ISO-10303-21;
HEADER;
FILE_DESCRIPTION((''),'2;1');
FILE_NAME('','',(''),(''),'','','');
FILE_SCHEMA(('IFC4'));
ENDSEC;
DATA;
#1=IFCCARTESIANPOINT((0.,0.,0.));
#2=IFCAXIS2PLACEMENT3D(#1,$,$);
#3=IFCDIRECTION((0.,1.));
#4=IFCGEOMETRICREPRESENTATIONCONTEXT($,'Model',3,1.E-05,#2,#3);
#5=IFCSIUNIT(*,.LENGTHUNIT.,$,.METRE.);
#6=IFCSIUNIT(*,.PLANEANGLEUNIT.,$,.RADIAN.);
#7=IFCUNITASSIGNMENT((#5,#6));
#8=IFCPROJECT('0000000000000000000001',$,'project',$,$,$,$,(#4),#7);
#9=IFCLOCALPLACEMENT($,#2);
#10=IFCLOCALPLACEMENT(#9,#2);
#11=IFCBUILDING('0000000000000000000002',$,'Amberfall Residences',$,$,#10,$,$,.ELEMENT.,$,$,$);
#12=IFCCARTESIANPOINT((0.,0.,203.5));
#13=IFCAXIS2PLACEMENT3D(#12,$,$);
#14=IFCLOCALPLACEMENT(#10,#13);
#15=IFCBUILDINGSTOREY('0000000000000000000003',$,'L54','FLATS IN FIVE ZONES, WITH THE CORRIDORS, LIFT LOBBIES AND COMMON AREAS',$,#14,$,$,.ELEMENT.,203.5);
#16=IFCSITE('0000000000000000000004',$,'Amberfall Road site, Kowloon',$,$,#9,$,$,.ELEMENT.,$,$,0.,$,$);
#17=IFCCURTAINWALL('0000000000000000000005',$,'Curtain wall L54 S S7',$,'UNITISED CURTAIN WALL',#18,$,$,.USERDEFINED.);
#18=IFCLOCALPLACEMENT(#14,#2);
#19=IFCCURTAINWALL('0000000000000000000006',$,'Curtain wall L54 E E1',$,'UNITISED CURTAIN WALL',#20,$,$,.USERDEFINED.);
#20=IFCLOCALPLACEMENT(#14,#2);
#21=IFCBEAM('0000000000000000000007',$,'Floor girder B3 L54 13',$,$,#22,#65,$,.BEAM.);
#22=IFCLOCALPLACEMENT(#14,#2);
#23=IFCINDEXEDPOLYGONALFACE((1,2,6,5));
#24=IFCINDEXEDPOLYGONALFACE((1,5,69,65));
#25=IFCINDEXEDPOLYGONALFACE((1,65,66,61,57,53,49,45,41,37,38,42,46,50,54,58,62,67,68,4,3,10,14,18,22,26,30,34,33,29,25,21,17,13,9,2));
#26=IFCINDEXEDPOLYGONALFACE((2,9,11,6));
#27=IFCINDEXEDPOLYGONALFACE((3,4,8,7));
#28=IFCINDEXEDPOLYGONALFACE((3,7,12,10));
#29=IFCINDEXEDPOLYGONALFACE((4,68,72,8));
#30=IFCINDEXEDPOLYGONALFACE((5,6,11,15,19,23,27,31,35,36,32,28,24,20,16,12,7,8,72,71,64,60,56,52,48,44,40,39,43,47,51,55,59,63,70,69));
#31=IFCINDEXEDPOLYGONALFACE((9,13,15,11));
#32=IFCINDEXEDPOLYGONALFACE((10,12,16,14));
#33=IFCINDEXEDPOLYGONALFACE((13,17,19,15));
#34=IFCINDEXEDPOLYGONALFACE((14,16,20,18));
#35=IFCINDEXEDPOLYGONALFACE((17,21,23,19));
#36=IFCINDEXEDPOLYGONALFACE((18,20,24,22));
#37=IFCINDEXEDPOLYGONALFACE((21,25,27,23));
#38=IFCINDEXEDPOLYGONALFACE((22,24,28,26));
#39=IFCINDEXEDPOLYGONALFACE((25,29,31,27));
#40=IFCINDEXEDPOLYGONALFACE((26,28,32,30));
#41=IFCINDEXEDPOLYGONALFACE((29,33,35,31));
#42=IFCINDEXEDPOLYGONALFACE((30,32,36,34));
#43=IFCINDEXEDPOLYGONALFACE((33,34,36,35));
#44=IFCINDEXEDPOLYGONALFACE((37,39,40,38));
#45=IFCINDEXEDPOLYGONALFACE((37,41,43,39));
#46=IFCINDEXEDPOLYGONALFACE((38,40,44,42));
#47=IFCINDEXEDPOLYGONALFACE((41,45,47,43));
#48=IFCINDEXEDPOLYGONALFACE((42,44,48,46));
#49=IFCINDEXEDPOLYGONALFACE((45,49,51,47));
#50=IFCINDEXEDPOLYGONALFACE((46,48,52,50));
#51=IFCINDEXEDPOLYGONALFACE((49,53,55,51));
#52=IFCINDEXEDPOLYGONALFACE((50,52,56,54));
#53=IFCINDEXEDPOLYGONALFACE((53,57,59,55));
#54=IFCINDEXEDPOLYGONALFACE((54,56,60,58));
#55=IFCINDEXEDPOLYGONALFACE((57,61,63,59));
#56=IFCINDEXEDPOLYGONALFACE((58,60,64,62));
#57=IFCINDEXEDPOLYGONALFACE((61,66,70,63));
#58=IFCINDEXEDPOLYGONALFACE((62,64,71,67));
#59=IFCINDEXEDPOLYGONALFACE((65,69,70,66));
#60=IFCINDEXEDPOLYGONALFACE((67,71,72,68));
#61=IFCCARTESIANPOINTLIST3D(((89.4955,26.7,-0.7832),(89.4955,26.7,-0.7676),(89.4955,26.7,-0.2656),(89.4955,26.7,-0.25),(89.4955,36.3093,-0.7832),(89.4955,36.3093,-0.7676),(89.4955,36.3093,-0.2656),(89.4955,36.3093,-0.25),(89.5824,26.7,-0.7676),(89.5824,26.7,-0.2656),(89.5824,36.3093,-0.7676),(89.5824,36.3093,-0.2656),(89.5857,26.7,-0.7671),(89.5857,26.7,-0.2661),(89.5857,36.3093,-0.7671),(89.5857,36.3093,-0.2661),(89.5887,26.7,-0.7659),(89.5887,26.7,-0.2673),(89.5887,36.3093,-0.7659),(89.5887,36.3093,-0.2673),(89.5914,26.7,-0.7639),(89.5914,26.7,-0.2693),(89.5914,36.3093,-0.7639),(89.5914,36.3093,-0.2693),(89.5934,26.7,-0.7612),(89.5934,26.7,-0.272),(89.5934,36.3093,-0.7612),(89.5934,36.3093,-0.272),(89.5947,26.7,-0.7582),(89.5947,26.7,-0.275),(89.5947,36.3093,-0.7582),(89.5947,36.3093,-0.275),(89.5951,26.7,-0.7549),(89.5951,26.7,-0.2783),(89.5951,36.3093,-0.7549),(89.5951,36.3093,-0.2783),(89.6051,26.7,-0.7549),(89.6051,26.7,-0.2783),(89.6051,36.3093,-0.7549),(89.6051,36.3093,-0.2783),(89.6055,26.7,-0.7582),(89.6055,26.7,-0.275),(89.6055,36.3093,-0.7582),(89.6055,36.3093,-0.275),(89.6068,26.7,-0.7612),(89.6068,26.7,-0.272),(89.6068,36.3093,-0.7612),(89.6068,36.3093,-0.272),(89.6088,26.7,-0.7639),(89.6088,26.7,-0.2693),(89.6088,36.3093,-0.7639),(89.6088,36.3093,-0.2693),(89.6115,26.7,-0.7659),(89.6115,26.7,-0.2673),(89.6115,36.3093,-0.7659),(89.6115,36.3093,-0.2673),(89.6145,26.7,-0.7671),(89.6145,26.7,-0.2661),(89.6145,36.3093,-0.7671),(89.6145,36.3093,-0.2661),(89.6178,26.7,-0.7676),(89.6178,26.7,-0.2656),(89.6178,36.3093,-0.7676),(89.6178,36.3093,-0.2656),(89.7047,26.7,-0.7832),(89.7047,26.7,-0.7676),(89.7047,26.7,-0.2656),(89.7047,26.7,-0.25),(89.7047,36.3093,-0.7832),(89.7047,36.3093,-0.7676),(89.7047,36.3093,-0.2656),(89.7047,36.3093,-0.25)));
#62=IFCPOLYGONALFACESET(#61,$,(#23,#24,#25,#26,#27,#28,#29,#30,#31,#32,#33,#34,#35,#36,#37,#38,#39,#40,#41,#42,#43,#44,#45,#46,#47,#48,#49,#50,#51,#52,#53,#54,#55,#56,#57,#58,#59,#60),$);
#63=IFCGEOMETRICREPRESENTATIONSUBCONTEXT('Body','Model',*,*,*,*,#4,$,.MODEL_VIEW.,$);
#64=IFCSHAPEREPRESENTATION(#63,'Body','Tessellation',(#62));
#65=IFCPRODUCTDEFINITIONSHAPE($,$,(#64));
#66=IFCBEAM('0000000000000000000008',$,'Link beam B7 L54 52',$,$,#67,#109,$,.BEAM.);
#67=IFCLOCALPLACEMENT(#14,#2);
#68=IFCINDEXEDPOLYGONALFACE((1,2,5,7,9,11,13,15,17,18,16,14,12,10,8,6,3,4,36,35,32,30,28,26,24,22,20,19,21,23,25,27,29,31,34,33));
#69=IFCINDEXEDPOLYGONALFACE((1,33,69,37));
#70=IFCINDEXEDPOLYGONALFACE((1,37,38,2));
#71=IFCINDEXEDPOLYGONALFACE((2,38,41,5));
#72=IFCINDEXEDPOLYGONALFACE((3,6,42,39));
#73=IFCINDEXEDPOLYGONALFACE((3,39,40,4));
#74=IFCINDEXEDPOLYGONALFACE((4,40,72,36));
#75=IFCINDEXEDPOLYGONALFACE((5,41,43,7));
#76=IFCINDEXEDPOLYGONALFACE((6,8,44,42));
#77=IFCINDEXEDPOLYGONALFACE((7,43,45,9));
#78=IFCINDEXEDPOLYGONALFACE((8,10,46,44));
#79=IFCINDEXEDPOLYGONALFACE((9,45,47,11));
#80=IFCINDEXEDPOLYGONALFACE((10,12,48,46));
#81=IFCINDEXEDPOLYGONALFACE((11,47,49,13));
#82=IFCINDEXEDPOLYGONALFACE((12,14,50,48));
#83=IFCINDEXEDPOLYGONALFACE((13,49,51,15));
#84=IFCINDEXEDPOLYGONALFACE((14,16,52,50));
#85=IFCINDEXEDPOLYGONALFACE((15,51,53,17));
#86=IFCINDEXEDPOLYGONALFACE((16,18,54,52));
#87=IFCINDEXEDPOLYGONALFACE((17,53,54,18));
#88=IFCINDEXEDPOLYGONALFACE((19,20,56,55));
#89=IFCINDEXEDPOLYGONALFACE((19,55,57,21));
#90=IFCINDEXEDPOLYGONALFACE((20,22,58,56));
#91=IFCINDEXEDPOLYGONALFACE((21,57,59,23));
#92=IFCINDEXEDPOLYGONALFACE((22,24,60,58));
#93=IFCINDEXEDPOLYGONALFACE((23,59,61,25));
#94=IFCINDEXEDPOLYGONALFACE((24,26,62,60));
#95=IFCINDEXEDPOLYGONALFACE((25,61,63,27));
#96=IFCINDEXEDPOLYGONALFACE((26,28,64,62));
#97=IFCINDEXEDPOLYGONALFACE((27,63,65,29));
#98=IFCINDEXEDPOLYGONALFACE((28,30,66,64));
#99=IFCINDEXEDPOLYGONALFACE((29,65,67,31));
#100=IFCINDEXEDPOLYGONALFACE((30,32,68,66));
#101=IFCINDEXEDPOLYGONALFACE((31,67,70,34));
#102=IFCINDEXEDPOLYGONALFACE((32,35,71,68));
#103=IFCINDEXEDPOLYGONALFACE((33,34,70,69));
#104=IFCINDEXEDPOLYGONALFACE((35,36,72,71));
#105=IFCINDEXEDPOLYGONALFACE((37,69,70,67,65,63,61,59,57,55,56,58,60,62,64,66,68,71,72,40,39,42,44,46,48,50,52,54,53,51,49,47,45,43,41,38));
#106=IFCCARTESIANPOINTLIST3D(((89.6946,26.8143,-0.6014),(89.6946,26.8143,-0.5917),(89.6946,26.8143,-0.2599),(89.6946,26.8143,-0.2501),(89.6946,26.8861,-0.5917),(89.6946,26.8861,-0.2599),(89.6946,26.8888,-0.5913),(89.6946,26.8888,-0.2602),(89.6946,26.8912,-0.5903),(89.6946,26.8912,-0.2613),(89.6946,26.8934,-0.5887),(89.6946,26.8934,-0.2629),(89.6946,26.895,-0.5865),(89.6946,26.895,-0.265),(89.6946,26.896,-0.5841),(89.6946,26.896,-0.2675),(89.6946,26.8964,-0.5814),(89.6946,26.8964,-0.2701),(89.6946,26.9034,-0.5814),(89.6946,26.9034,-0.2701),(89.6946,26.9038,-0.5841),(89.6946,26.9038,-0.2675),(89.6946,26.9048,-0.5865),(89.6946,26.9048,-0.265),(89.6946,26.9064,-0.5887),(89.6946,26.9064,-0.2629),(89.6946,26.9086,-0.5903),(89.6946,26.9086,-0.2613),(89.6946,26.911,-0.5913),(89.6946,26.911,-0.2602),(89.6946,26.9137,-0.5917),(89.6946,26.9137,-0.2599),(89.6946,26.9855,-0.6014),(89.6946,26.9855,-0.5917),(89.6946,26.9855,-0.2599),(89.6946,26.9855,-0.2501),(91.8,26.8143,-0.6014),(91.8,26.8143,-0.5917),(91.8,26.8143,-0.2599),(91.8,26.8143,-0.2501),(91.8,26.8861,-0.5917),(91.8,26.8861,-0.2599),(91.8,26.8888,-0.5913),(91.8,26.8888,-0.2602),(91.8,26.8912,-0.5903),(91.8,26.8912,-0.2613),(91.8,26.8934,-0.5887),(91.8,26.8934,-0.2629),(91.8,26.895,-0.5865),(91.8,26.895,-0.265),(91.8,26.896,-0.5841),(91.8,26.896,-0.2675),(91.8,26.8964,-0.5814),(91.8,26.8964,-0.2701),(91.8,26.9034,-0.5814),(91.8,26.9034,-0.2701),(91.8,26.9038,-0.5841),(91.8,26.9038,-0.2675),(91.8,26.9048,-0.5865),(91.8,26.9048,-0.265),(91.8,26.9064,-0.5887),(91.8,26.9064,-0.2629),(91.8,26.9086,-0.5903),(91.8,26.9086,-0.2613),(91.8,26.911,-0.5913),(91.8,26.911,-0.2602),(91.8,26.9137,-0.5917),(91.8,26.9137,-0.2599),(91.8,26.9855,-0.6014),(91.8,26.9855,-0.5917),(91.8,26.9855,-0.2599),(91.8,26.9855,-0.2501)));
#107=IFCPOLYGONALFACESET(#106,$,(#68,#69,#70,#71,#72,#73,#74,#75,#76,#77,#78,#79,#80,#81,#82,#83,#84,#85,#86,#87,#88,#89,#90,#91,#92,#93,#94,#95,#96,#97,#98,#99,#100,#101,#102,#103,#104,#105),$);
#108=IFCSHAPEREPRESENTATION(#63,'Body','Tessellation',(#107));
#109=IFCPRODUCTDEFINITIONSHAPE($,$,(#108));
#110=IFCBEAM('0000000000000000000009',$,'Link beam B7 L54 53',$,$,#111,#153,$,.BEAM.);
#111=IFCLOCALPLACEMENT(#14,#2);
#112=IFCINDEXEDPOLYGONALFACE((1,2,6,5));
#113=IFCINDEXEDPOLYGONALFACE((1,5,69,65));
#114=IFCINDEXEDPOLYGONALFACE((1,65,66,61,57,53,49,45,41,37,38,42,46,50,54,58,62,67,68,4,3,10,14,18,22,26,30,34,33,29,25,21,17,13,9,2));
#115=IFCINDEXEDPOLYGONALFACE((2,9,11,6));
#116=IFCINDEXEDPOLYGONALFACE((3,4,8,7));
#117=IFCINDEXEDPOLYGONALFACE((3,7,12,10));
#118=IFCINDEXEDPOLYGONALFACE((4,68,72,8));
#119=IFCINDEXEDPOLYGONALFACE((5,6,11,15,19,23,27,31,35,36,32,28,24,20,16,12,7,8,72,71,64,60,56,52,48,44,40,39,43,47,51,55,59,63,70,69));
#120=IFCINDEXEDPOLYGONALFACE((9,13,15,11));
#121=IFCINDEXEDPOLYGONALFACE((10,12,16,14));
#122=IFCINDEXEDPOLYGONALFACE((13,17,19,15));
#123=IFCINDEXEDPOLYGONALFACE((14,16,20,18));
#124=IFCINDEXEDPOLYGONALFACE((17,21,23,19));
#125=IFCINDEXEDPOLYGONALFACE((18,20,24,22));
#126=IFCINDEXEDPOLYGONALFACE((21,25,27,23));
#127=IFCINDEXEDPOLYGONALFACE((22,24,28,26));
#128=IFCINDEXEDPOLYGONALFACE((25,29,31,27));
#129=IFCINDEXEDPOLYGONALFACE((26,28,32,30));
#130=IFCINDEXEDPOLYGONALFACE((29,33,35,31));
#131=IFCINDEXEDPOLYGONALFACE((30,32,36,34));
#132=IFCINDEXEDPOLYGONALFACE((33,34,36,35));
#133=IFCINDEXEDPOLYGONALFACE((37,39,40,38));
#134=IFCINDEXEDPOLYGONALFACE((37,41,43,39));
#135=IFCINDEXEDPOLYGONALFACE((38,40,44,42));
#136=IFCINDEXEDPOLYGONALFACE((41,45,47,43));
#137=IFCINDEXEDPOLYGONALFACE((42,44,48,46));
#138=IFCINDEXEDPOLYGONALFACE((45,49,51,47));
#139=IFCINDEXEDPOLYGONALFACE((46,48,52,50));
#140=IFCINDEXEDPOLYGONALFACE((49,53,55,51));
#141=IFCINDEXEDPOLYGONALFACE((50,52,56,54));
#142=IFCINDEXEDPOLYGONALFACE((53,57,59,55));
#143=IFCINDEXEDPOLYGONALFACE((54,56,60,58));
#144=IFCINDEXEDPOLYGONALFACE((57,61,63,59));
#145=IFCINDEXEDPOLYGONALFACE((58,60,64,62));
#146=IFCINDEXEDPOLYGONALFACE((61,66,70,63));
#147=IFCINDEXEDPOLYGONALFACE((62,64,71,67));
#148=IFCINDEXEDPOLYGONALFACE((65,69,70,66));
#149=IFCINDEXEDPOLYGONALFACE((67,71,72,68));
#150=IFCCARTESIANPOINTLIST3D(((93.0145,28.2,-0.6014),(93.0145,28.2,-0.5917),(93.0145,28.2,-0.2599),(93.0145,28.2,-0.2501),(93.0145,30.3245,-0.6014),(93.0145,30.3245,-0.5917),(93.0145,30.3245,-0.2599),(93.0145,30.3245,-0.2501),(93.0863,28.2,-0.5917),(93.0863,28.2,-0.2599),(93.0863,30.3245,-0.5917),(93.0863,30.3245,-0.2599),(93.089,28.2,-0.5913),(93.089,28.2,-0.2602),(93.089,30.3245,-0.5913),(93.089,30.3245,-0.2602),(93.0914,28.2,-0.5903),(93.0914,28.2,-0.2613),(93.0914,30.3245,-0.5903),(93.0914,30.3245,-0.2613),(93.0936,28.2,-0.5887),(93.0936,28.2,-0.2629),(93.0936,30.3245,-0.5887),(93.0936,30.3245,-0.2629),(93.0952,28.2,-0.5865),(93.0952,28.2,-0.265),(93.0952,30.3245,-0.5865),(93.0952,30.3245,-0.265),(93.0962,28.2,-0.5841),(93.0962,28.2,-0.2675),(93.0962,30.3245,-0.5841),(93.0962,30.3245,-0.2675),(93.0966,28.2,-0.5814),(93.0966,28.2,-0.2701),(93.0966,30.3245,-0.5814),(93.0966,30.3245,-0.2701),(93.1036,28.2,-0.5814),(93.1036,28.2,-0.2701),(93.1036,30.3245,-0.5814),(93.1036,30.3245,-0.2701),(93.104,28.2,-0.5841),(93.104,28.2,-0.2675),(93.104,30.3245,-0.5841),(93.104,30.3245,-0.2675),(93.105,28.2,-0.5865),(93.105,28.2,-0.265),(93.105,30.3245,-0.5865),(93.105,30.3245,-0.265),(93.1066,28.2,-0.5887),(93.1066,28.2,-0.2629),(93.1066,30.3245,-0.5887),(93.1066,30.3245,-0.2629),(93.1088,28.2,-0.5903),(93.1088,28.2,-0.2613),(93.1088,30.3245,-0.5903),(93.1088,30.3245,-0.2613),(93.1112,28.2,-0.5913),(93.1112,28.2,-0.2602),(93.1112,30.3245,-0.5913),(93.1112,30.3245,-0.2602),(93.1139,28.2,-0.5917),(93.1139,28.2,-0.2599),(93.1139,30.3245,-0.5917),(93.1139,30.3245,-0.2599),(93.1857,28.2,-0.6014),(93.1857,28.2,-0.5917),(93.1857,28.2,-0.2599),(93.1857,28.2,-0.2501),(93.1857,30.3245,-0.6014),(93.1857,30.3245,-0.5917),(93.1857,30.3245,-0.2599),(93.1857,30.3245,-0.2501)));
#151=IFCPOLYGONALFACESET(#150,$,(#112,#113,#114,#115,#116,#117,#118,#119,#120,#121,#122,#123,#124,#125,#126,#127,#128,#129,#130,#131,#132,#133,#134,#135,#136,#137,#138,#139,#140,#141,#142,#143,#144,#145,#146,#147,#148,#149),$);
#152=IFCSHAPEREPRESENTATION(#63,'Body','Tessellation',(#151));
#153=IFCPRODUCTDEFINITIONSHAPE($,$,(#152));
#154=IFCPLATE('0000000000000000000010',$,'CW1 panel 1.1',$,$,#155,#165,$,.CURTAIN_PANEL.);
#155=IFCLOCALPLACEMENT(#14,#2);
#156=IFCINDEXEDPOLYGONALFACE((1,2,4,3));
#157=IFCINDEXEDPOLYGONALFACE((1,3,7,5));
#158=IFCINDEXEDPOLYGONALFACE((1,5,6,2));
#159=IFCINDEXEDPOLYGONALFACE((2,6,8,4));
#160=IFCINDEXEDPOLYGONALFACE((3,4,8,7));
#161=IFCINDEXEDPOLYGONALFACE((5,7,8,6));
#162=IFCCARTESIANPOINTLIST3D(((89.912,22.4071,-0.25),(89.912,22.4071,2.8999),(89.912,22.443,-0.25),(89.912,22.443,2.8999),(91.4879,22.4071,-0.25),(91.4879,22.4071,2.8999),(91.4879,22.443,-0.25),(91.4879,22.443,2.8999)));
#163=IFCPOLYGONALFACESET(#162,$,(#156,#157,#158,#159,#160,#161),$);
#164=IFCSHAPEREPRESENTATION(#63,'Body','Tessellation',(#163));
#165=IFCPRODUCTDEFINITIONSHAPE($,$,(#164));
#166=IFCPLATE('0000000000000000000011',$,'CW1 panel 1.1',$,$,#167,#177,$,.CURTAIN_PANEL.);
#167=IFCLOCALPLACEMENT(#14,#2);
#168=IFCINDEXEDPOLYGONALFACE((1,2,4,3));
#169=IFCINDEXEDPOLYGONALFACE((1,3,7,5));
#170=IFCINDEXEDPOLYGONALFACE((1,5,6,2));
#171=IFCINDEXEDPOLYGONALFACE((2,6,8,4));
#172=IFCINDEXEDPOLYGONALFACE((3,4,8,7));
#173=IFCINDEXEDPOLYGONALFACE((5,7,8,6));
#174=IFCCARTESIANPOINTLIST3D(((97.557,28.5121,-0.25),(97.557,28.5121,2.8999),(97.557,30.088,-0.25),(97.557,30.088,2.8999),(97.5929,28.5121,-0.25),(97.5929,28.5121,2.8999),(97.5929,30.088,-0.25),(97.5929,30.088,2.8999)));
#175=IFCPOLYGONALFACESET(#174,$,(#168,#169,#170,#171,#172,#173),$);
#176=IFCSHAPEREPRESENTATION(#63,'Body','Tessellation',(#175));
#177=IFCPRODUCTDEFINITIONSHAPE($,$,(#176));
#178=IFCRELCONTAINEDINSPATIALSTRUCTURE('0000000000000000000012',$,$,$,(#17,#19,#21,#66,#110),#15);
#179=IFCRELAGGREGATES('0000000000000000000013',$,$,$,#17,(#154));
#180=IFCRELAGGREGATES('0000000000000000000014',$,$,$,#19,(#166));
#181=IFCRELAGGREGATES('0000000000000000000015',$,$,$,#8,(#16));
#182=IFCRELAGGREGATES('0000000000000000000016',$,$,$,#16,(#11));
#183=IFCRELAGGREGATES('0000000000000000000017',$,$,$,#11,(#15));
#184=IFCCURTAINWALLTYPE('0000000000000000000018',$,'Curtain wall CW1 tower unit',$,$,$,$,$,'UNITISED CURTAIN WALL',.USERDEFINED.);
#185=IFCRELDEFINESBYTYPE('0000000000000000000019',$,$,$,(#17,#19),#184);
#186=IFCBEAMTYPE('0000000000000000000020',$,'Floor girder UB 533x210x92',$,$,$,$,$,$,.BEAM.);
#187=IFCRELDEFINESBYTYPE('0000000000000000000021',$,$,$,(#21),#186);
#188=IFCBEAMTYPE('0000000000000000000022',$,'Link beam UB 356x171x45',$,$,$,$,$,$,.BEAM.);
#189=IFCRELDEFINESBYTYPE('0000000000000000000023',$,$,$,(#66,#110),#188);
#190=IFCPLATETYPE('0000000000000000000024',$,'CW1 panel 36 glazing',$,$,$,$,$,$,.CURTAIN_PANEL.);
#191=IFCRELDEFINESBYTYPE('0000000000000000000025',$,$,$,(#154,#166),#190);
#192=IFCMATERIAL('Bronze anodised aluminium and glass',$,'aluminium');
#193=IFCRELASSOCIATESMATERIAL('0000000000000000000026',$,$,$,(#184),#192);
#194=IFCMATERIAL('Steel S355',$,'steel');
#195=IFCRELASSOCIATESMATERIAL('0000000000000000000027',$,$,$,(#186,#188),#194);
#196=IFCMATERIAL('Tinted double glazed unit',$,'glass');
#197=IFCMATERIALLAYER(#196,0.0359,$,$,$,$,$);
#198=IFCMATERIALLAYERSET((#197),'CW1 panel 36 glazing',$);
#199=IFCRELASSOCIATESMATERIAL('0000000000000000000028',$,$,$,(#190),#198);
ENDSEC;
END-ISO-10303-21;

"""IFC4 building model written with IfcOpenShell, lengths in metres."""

from ifc_helpers import new_model, si_unit, direction, frame, origin, origin_2d, place, context, subcontext, project, spatial, rectangle, i_section, extrude, material, layer, layer_set, material_profile, profile_set, type_object, element, aggregate, save


model = new_model("IFC4")

# Units and contexts
model_context = context("Model", 3, precision=1e-05, world=origin(), true_north=direction((0.0, 1.0)))
body_context = subcontext(model_context, "Body", "Model", "MODEL_VIEW")
ifc_project = project(units=[si_unit("LENGTHUNIT", "METRE"), si_unit("PLANEANGLEUNIT", "RADIAN")], contexts=[model_context])

# Site, building, storey
site_placement = place(None, origin())
site = spatial("IfcSite", under=ifc_project, at=site_placement, Name="Amberfall Road site, Kowloon", CompositionType="ELEMENT", RefElevation=0.0)
building_placement = place(site_placement, origin())
building = spatial("IfcBuilding", under=site, at=building_placement, Name="Amberfall Residences", CompositionType="ELEMENT")
storey_placement = place(building_placement, frame((0.0, 0.0, 203.5)))
storey = spatial("IfcBuildingStorey", under=building, at=storey_placement, Name="L54", Description="FLATS IN FIVE ZONES, WITH THE CORRIDORS, LIFT LOBBIES AND COMMON AREAS", CompositionType="ELEMENT", Elevation=203.5)

# Curtain walls
ifc_material_1 = material(Name="Bronze anodised aluminium and glass", Category="aluminium")
curtain_wall_type = type_object("IfcCurtainWallType", Name="Curtain wall CW1 tower unit", ElementType="UNITISED CURTAIN WALL", PredefinedType="USERDEFINED", material=ifc_material_1)
curtain_wall_1_placement = place(storey_placement, origin())
curtain_wall_1 = element("IfcCurtainWall", 1, at=curtain_wall_1_placement, inside=storey, type_object=curtain_wall_type, Name="Curtain wall L54 S S7", ObjectType="UNITISED CURTAIN WALL", PredefinedType="USERDEFINED")
curtain_wall_2_placement = place(storey_placement, origin())
curtain_wall_2 = element("IfcCurtainWall", 2, at=curtain_wall_2_placement, inside=storey, type_object=curtain_wall_type, Name="Curtain wall L54 E E1", ObjectType="UNITISED CURTAIN WALL", PredefinedType="USERDEFINED")

# Beams
ifc_material_2 = material(Name="Steel S355", Category="steel")
ifc_material_profile_1 = material_profile(ifc_material_2, i_section(OverallWidth=0.2092, OverallDepth=0.5332, WebThickness=0.01, FlangeThickness=0.0156, FilletRadius=0.0127, at=origin_2d()), Name="UB 533x210x92")
ifc_profile_set_1 = profile_set([ifc_material_profile_1], Name="Steel S355")
beam_type_1 = type_object("IfcBeamType", Name="Floor girder UB 533x210x92", PredefinedType="BEAM", material=ifc_profile_set_1)
beam_1_placement = place(storey_placement, frame((89.6001, 26.7, -0.5166), z_axis=(0.0, 1.0, 0.0), x_axis=(-1.0, 0.0, 0.0)))
element("IfcBeam", 3, at=beam_1_placement, inside=storey, type_object=beam_type_1, Name="Floor girder B3 L54 13", PredefinedType="BEAM", context=body_context, shape_type="SweptSolid", body=[
    extrude(i_section(OverallWidth=0.2092, OverallDepth=0.5332, WebThickness=0.01, FlangeThickness=0.0156, FilletRadius=0.0127, at=origin_2d()), origin(), (0.0, 0.0, 1.0), 9.6094),
])
ifc_material_profile_2 = material_profile(ifc_material_2, i_section(OverallWidth=0.1711, OverallDepth=0.3513, WebThickness=0.0071, FlangeThickness=0.0098, FilletRadius=0.0103, at=origin_2d()), Name="UB 356x171x45")
ifc_profile_set_2 = profile_set([ifc_material_profile_2], Name="Steel S355")
beam_type_2 = type_object("IfcBeamType", Name="Link beam UB 356x171x45", PredefinedType="BEAM", material=ifc_profile_set_2)
beam_2_placement = place(storey_placement, frame((91.8, 26.8999, -0.4258), z_axis=(-1.0, 0.0, 0.0), x_axis=(0.0, -1.0, 0.0)))
element("IfcBeam", 4, at=beam_2_placement, inside=storey, type_object=beam_type_2, Name="Link beam B7 L54 52", PredefinedType="BEAM", context=body_context, shape_type="SweptSolid", body=[
    extrude(i_section(OverallWidth=0.1711, OverallDepth=0.3513, WebThickness=0.0071, FlangeThickness=0.0098, FilletRadius=0.0103, at=origin_2d()), origin(), (0.0, 0.0, 1.0), 2.1055),
])
beam_3_placement = place(storey_placement, frame((93.1001, 28.2, -0.4258), z_axis=(0.0, 1.0, 0.0), x_axis=(-1.0, 0.0, 0.0)))
element("IfcBeam", 5, at=beam_3_placement, inside=storey, type_object=beam_type_2, Name="Link beam B7 L54 53", PredefinedType="BEAM", context=body_context, shape_type="SweptSolid", body=[
    extrude(i_section(OverallWidth=0.1711, OverallDepth=0.3513, WebThickness=0.0071, FlangeThickness=0.0098, FilletRadius=0.0103, at=origin_2d()), origin(), (0.0, 0.0, 1.0), 2.1245),
])

# Plates
ifc_material_3 = material(Name="Tinted double glazed unit", Category="glass")
ifc_layer_1 = layer(ifc_material_3, 0.0359)
ifc_layer_set_1 = layer_set([ifc_layer_1], Name="CW1 panel 36 glazing")
plate_type = type_object("IfcPlateType", Name="CW1 panel 36 glazing", PredefinedType="CURTAIN_PANEL", material=ifc_layer_set_1)
plate_1_placement = place(storey_placement, frame((90.7, 22.425, -0.25), z_axis=(0.0, 0.0, 1.0), x_axis=(1.0, 0.0, 0.0)))
plate_1 = element("IfcPlate", 6, at=plate_1_placement, type_object=plate_type, Name="CW1 panel 1.1", PredefinedType="CURTAIN_PANEL", context=body_context, shape_type="SweptSolid", body=[
    extrude(rectangle(XDim=1.5759, YDim=0.0359, at=origin_2d()), origin(), (0.0, 0.0, 1.0), 3.1499),
])
aggregate(curtain_wall_1, [plate_1])
plate_2_placement = place(storey_placement, frame((97.575, 29.3, -0.25), z_axis=(0.0, 0.0, 1.0), x_axis=(0.0, 1.0, 0.0)))
plate_2 = element("IfcPlate", 7, at=plate_2_placement, type_object=plate_type, Name="CW1 panel 1.1", PredefinedType="CURTAIN_PANEL", context=body_context, shape_type="SweptSolid", body=[
    extrude(rectangle(XDim=1.5759, YDim=0.0359, at=origin_2d()), origin(), (0.0, 0.0, 1.0), 3.1499),
])
aggregate(curtain_wall_2, [plate_2])

save(model, "model.ifc")
